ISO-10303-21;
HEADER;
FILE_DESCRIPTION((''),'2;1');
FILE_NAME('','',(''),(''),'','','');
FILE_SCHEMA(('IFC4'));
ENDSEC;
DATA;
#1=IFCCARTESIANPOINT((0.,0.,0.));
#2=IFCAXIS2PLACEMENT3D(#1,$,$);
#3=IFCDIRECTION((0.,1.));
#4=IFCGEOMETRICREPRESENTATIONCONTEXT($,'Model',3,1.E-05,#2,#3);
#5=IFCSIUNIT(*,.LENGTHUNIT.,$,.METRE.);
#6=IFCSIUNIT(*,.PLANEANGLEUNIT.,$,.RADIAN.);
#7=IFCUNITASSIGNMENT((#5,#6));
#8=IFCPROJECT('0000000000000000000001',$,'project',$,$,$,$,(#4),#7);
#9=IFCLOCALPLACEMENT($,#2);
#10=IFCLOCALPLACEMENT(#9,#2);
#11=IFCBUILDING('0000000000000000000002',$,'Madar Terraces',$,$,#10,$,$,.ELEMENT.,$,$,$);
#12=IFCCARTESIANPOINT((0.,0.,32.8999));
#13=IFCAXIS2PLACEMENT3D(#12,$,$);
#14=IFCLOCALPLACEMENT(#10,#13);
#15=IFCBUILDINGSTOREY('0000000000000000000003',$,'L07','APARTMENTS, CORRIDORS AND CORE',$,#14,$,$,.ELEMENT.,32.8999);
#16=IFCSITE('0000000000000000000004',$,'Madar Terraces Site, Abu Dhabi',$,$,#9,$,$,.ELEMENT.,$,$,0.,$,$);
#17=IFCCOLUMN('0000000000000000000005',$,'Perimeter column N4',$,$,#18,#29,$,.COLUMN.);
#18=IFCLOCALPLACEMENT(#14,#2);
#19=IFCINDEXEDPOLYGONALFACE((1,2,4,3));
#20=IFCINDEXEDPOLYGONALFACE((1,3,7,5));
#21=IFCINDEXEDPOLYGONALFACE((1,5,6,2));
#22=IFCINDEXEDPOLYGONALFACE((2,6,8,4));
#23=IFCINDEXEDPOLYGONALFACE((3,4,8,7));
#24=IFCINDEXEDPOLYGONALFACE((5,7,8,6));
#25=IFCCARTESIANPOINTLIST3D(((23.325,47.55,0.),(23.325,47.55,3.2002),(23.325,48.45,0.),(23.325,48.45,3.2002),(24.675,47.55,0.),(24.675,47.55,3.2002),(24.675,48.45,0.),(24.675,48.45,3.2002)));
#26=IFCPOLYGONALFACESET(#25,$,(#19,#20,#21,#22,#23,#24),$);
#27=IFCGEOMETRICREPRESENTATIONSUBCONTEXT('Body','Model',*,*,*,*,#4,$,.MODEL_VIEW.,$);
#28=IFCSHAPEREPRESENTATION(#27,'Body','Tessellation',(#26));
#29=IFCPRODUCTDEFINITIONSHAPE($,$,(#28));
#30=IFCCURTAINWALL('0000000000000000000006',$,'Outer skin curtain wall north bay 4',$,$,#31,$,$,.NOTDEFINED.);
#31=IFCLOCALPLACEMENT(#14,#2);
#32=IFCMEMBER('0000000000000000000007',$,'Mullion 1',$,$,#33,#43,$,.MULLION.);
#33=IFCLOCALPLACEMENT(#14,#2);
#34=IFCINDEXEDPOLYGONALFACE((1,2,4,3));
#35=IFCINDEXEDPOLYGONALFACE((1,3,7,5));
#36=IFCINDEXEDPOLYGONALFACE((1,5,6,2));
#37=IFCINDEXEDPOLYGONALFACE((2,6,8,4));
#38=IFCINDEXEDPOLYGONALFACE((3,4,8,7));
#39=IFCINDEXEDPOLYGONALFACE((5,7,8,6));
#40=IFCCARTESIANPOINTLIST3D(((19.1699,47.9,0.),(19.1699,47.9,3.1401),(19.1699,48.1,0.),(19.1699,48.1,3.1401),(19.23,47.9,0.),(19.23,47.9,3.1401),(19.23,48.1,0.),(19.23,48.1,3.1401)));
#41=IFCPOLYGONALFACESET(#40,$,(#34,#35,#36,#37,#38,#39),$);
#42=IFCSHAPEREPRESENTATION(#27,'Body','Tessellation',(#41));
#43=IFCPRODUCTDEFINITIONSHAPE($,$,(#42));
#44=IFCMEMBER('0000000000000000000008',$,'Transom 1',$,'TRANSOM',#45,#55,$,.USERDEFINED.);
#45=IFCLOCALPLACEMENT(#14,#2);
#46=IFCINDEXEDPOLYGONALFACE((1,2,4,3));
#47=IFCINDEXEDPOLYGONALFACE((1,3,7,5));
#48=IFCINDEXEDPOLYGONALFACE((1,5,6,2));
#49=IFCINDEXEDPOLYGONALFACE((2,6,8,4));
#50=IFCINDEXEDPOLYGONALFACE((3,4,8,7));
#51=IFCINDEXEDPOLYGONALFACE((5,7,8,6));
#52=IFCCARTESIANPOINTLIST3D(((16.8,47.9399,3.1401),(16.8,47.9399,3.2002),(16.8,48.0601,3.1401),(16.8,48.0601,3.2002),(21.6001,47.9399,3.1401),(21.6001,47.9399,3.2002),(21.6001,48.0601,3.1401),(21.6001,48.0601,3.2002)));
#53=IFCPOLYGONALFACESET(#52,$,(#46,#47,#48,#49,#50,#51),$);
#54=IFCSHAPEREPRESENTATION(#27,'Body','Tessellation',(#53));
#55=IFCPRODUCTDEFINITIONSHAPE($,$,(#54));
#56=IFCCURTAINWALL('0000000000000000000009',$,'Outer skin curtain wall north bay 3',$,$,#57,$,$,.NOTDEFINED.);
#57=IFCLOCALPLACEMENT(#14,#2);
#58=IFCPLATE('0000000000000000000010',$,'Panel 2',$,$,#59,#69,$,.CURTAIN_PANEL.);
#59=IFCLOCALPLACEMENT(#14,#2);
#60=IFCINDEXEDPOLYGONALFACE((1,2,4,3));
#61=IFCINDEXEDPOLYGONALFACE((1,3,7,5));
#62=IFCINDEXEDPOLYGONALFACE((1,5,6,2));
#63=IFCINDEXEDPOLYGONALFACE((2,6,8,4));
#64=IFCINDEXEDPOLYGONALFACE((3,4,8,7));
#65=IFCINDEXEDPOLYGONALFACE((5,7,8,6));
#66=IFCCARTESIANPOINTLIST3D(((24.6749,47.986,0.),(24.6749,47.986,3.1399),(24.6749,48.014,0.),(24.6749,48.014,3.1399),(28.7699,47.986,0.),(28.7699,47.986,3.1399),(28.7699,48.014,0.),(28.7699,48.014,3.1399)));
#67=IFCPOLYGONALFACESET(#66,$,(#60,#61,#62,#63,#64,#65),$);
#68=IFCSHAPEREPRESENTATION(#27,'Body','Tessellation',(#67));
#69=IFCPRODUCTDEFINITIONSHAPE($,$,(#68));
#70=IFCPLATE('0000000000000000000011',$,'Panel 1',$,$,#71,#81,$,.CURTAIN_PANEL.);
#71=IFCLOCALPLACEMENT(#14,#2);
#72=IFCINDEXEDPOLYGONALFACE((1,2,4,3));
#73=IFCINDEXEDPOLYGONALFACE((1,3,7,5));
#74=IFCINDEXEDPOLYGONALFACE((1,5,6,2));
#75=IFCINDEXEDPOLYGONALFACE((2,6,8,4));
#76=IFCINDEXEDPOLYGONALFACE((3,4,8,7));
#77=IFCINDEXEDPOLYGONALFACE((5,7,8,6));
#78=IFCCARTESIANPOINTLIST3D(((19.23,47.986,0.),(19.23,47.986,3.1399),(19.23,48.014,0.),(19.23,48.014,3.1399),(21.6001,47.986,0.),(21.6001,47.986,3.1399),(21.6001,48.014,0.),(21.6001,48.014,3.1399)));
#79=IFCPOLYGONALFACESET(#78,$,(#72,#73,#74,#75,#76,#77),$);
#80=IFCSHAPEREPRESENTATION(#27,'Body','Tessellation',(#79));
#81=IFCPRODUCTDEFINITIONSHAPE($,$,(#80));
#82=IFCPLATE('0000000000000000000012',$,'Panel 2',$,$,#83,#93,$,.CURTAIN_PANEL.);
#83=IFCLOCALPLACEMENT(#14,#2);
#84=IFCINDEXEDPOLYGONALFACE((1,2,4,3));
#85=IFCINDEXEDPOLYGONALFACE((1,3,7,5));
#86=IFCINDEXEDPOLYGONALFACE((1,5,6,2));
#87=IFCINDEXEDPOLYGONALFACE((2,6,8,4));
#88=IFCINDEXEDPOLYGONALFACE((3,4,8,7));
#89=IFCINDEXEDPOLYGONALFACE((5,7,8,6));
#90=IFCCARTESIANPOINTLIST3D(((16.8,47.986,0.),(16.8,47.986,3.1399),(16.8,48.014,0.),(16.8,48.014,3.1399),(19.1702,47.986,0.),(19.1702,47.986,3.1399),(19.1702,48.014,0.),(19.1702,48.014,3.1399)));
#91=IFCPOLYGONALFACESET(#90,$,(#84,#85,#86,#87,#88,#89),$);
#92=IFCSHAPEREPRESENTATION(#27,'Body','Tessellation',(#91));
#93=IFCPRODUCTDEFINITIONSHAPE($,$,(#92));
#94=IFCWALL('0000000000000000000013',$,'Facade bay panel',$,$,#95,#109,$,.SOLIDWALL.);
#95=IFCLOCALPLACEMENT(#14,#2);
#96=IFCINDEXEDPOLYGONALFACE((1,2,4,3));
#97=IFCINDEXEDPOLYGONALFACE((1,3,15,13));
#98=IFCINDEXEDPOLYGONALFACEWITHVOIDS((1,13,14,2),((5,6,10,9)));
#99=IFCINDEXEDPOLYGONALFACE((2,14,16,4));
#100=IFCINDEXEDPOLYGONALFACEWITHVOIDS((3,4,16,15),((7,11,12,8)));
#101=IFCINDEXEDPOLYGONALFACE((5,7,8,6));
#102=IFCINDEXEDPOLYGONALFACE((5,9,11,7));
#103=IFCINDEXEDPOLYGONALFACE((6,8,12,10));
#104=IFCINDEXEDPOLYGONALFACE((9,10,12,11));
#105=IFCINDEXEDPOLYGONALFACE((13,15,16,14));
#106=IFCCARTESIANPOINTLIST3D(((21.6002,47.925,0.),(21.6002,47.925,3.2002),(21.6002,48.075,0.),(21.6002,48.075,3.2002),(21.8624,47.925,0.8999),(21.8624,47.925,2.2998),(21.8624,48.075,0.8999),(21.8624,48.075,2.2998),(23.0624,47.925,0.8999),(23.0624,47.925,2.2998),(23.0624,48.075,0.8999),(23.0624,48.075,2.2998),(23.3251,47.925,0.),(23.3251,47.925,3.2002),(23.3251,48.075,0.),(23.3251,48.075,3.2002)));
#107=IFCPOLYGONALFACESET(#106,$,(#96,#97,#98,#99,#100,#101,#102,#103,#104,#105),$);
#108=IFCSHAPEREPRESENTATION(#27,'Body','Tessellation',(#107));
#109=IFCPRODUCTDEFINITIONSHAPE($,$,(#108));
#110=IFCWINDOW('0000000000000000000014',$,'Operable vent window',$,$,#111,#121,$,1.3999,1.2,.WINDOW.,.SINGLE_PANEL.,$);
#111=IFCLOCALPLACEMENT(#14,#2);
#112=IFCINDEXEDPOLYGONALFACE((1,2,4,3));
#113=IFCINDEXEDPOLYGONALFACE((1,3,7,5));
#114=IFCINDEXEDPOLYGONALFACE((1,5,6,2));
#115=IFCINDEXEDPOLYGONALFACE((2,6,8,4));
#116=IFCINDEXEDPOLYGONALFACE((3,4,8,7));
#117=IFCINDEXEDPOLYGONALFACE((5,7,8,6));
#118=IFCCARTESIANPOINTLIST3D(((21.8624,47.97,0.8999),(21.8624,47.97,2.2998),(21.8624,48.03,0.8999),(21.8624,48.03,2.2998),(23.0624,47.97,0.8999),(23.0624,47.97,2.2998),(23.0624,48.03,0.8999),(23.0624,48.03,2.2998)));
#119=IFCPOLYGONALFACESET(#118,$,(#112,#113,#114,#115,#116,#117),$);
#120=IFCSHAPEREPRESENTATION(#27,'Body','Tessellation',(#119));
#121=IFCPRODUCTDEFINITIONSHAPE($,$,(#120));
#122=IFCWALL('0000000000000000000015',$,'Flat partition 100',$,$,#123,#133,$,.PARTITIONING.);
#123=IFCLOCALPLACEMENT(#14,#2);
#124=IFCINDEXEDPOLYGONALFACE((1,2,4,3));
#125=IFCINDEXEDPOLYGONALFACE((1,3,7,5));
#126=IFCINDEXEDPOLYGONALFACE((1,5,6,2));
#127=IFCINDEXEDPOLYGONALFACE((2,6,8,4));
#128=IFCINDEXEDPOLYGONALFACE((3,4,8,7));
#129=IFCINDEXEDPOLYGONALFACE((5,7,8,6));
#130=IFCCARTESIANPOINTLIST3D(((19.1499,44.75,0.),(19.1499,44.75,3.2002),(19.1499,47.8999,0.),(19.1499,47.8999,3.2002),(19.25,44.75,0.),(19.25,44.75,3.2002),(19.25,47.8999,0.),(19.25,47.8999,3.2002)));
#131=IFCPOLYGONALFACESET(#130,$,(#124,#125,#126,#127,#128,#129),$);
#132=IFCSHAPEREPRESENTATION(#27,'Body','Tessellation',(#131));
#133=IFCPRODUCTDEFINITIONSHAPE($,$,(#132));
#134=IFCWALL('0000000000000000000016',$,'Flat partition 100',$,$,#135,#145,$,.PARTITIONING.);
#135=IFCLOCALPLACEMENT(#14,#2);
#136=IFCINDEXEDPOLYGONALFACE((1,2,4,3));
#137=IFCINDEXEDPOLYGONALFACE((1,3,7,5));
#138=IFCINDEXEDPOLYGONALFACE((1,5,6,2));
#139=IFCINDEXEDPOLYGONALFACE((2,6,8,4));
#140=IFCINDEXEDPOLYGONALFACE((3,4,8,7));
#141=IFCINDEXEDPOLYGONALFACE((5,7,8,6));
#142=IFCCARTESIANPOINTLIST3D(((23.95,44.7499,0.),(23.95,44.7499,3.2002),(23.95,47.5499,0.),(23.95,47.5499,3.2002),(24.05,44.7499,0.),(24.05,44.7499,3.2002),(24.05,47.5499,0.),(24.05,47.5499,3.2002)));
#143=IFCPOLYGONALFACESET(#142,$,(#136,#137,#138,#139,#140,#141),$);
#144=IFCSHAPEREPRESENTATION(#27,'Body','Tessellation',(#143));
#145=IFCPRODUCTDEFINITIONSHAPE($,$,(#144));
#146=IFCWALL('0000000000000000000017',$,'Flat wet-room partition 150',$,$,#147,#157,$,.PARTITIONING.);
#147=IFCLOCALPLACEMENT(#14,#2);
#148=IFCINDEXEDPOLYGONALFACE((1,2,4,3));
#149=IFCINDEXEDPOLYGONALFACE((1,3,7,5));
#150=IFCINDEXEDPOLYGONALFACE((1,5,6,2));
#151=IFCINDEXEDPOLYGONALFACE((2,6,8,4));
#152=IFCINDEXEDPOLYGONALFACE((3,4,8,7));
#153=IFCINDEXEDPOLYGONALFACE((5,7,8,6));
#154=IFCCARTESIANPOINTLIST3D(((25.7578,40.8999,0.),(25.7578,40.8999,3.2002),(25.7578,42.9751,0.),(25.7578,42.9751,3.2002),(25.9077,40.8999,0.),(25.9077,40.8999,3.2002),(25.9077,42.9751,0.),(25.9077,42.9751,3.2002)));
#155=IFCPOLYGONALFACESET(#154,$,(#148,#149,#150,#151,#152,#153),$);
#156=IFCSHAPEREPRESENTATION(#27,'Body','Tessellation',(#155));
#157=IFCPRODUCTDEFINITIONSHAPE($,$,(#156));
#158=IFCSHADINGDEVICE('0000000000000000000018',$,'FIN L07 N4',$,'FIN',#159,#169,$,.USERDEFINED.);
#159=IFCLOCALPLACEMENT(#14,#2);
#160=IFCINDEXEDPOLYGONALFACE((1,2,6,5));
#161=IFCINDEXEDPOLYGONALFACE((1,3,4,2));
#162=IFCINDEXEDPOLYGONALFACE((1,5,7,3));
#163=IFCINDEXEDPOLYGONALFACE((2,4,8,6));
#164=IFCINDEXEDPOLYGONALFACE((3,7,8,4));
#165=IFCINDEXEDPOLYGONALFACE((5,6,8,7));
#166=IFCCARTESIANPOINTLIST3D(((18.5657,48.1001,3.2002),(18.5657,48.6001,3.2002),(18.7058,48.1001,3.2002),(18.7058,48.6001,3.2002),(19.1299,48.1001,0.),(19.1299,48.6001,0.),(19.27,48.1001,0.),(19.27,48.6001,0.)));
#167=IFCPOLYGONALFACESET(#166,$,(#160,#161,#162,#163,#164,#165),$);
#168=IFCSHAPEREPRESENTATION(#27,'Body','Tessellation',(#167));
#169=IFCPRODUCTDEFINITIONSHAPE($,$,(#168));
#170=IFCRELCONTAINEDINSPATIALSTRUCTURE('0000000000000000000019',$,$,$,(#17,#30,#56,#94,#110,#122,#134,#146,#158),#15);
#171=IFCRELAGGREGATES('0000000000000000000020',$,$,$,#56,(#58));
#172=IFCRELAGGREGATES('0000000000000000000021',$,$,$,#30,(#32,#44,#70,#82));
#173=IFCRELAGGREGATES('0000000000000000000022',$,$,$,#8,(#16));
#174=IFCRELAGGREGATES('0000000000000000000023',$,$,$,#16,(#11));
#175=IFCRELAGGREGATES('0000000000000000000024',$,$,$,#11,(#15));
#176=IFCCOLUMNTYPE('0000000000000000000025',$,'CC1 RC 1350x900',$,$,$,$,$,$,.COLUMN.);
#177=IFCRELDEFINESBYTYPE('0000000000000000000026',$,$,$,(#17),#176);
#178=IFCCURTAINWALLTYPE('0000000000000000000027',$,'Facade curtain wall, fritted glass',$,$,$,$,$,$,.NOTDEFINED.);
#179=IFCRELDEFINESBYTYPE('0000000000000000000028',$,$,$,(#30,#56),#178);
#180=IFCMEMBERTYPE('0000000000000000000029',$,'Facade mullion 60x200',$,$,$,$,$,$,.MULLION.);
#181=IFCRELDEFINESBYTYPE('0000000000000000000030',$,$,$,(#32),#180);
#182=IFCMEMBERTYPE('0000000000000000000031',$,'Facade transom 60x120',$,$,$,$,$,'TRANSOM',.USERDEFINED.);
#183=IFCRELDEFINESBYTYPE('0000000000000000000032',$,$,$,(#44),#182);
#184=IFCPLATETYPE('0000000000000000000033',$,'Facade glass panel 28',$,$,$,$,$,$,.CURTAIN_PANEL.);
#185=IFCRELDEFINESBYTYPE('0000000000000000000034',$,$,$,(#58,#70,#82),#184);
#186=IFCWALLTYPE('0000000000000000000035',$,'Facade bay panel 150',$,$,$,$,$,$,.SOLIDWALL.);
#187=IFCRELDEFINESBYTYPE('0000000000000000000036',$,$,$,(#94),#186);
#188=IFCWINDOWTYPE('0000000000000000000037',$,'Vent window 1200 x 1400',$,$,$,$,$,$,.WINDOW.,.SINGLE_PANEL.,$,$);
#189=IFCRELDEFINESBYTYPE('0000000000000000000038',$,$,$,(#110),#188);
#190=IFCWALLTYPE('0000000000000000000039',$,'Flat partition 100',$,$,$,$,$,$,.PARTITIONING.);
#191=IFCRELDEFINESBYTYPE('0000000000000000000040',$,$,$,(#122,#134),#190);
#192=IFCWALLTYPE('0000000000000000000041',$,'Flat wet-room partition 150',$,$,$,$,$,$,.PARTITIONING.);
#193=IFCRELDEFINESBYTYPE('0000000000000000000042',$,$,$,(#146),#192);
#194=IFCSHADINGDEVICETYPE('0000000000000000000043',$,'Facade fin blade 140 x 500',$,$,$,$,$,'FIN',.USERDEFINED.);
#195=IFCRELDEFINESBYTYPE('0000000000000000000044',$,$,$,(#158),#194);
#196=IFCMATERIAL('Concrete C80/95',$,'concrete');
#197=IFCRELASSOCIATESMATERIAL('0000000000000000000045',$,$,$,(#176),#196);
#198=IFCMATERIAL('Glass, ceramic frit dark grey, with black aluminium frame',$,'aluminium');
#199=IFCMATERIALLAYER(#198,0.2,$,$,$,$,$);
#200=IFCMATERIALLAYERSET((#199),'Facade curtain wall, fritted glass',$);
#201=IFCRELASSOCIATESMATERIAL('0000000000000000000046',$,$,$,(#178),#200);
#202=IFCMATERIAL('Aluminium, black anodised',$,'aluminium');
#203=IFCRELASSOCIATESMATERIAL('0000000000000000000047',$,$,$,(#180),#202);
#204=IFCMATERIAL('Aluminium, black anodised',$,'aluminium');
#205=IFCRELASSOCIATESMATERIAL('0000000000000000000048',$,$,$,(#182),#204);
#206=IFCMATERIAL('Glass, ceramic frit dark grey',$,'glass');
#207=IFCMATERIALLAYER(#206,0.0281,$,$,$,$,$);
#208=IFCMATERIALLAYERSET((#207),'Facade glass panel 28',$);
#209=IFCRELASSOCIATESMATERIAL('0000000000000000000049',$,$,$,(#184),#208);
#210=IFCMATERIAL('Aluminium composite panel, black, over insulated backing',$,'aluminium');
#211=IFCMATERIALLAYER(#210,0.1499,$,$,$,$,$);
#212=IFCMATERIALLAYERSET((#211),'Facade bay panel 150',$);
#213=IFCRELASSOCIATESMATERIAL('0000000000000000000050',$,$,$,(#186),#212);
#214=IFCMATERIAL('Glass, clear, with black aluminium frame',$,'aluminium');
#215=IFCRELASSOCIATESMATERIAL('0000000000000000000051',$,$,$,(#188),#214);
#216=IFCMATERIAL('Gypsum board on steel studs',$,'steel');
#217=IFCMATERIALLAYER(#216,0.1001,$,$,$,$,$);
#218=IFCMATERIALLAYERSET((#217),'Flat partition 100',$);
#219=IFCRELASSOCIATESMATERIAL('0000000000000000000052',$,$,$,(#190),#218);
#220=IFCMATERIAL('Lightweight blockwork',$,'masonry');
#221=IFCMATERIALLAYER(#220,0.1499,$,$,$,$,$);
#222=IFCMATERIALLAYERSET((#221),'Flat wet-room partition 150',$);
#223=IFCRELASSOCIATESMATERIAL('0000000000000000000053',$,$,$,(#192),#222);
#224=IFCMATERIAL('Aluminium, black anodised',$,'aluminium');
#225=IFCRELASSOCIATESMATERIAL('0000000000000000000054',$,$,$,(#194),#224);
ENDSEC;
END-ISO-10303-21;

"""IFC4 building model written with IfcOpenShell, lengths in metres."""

from ifc_helpers import new_model, si_unit, direction, frame, frame_2d, origin, origin_2d, place, context, subcontext, project, spatial, polyline, rectangle, outline, extrude, material, layer, layer_set, material_profile, profile_set, type_object, element, fill, aggregate, save


model = new_model("IFC4")

# Units and contexts
model_context = context("Model", 3, precision=1e-05, world=origin(), true_north=direction((0.0, 1.0)))
body_context = subcontext(model_context, "Body", "Model", "MODEL_VIEW")
ifc_project = project(units=[si_unit("LENGTHUNIT", "METRE"), si_unit("PLANEANGLEUNIT", "RADIAN")], contexts=[model_context])

# Site, building, storey
site_placement = place(None, origin())
site = spatial("IfcSite", under=ifc_project, at=site_placement, Name="Madar Terraces Site, Abu Dhabi", CompositionType="ELEMENT", RefElevation=0.0)
building_placement = place(site_placement, origin())
building = spatial("IfcBuilding", under=site, at=building_placement, Name="Madar Terraces", CompositionType="ELEMENT")
storey_placement = place(building_placement, frame((0.0, 0.0, 32.8999)))
storey = spatial("IfcBuildingStorey", under=building, at=storey_placement, Name="L07", Description="APARTMENTS, CORRIDORS AND CORE", CompositionType="ELEMENT", Elevation=32.8999)

# Column
ifc_material_1 = material(Name="Concrete C80/95", Category="concrete")
ifc_material_profile_1 = material_profile(ifc_material_1, rectangle(XDim=1.3501, YDim=0.8999, at=origin_2d()), Name="CC1 RC 1350x900")
ifc_profile_set_1 = profile_set([ifc_material_profile_1], Name="Concrete C80/95")
column_type = type_object("IfcColumnType", Name="CC1 RC 1350x900", PredefinedType="COLUMN", material=ifc_profile_set_1)
column_placement = place(storey_placement, frame((24.0, 48.0, 0.0), z_axis=(0.0, 0.0, 1.0), x_axis=(1.0, 0.0, 0.0)))
element("IfcColumn", 1, at=column_placement, inside=storey, type_object=column_type, Name="Perimeter column N4", PredefinedType="COLUMN", context=body_context, shape_type="SweptSolid", body=[
    extrude(rectangle(XDim=1.3501, YDim=0.8999, at=origin_2d()), origin(), (0.0, 0.0, 1.0), 3.2002),
])

# Curtain wall, members
ifc_material_2 = material(Name="Glass, ceramic frit dark grey, with black aluminium frame", Category="aluminium")
ifc_layer_1 = layer(ifc_material_2, 0.2)
ifc_layer_set_1 = layer_set([ifc_layer_1], Name="Facade curtain wall, fritted glass")
curtain_wall_type = type_object("IfcCurtainWallType", Name="Facade curtain wall, fritted glass", PredefinedType="NOTDEFINED", material=ifc_layer_set_1)
curtain_wall_1_placement = place(storey_placement, origin())
curtain_wall_1 = element("IfcCurtainWall", 2, at=curtain_wall_1_placement, inside=storey, type_object=curtain_wall_type, Name="Outer skin curtain wall north bay 4", PredefinedType="NOTDEFINED")
ifc_material_3 = material(Name="Aluminium, black anodised", Category="aluminium")
ifc_material_profile_2 = material_profile(ifc_material_3, rectangle(XDim=0.2, YDim=0.0601, at=origin_2d()), Name="Facade mullion 60x200")
ifc_profile_set_2 = profile_set([ifc_material_profile_2], Name="Aluminium, black anodised")
member_type_1 = type_object("IfcMemberType", Name="Facade mullion 60x200", PredefinedType="MULLION", material=ifc_profile_set_2)
member_1_placement = place(storey_placement, frame((19.2, 48.0, 0.0), z_axis=(0.0, 0.0, 1.0), x_axis=(0.0, -1.0, 0.0)))
member_1 = element("IfcMember", 3, at=member_1_placement, type_object=member_type_1, Name="Mullion 1", PredefinedType="MULLION", context=body_context, shape_type="SweptSolid", body=[
    extrude(rectangle(XDim=0.2, YDim=0.0601, at=origin_2d()), origin(), (0.0, 0.0, 1.0), 3.1401),
])
ifc_material_4 = material(Name="Aluminium, black anodised", Category="aluminium")
ifc_material_profile_3 = material_profile(ifc_material_4, rectangle(XDim=0.1201, YDim=0.0601, at=origin_2d()), Name="Facade transom 60x120")
ifc_profile_set_3 = profile_set([ifc_material_profile_3], Name="Aluminium, black anodised")
member_type_2 = type_object("IfcMemberType", Name="Facade transom 60x120", ElementType="TRANSOM", PredefinedType="USERDEFINED", material=ifc_profile_set_3)
member_2_placement = place(storey_placement, frame((21.6001, 48.0, 3.1702), z_axis=(-1.0, 0.0, 0.0), x_axis=(0.0, -1.0, 0.0)))
member_2 = element("IfcMember", 4, at=member_2_placement, type_object=member_type_2, Name="Transom 1", ObjectType="TRANSOM", PredefinedType="USERDEFINED", context=body_context, shape_type="SweptSolid", body=[
    extrude(rectangle(XDim=0.1201, YDim=0.0601, at=origin_2d()), origin(), (0.0, 0.0, 1.0), 4.8),
])

# Curtain wall, plate
curtain_wall_2_placement = place(storey_placement, origin())
curtain_wall_2 = element("IfcCurtainWall", 5, at=curtain_wall_2_placement, inside=storey, type_object=curtain_wall_type, Name="Outer skin curtain wall north bay 3", PredefinedType="NOTDEFINED")
ifc_material_5 = material(Name="Glass, ceramic frit dark grey", Category="glass")
ifc_layer_2 = layer(ifc_material_5, 0.0281)
ifc_layer_set_2 = layer_set([ifc_layer_2], Name="Facade glass panel 28")
plate_type = type_object("IfcPlateType", Name="Facade glass panel 28", PredefinedType="CURTAIN_PANEL", material=ifc_layer_set_2)
plate_1_placement = place(storey_placement, frame((26.7224, 48.0, 0.0), z_axis=(0.0, 0.0, 1.0), x_axis=(-1.0, 0.0, 0.0)))
plate_1 = element("IfcPlate", 6, at=plate_1_placement, type_object=plate_type, Name="Panel 2", PredefinedType="CURTAIN_PANEL", context=body_context, shape_type="SweptSolid", body=[
    extrude(rectangle(XDim=4.095, YDim=0.0281, at=origin_2d()), origin(), (0.0, 0.0, 1.0), 3.1399),
])
aggregate(curtain_wall_2, [plate_1])

# Plates
plate_2_placement = place(storey_placement, frame((20.415, 48.0, 0.0), z_axis=(0.0, 0.0, 1.0), x_axis=(-1.0, 0.0, 0.0)))
plate_2 = element("IfcPlate", 7, at=plate_2_placement, type_object=plate_type, Name="Panel 1", PredefinedType="CURTAIN_PANEL", context=body_context, shape_type="SweptSolid", body=[
    extrude(rectangle(XDim=2.3701, YDim=0.0281, at=origin_2d()), origin(), (0.0, 0.0, 1.0), 3.1399),
])
plate_3_placement = place(storey_placement, frame((17.9851, 48.0, 0.0), z_axis=(0.0, 0.0, 1.0), x_axis=(-1.0, 0.0, 0.0)))
plate_3 = element("IfcPlate", 8, at=plate_3_placement, type_object=plate_type, Name="Panel 2", PredefinedType="CURTAIN_PANEL", context=body_context, shape_type="SweptSolid", body=[
    extrude(rectangle(XDim=2.3701, YDim=0.0281, at=origin_2d()), origin(), (0.0, 0.0, 1.0), 3.1399),
])
aggregate(curtain_wall_1, [member_1, member_2, plate_2, plate_3])

# Wall, opening, window
ifc_material_6 = material(Name="Aluminium composite panel, black, over insulated backing", Category="aluminium")
ifc_layer_3 = layer(ifc_material_6, 0.1499)
ifc_layer_set_3 = layer_set([ifc_layer_3], Name="Facade bay panel 150")
wall_type_1 = type_object("IfcWallType", Name="Facade bay panel 150", PredefinedType="SOLIDWALL", material=ifc_layer_set_3)
wall_1_placement = place(storey_placement, frame((23.325, 48.0, 0.0), z_axis=(0.0, 0.0, 1.0), x_axis=(-1.0, 0.0, 0.0)))
wall_1 = element("IfcWall", 9, at=wall_1_placement, inside=storey, type_object=wall_type_1, Name="Facade bay panel", PredefinedType="SOLIDWALL", context=body_context, shape_type="SweptSolid", body=[
    extrude(rectangle(XDim=1.7249, YDim=0.1499, at=frame_2d((0.8623, 0.0))), origin(), (0.0, 0.0, 1.0), 3.2002),
])
opening_placement = place(wall_1_placement, frame((0.2625, 0.0, 0.8999)))
opening = element("IfcOpeningElement", 10, at=opening_placement, cuts=wall_1, PredefinedType="OPENING", context=body_context, shape_type="SweptSolid", body=[
    extrude(rectangle(XDim=1.2, YDim=1.3999, at=frame_2d((0.6001, 0.7))), frame((0.0, 0.085, 0.0), z_axis=(0.0, -1.0, 0.0), x_axis=(1.0, 0.0, 0.0)), (0.0, 0.0, 1.0), 0.1699),
])
ifc_material_7 = material(Name="Glass, clear, with black aluminium frame", Category="aluminium")
window_type = type_object("IfcWindowType", Name="Vent window 1200 x 1400", PartitioningType="SINGLE_PANEL", PredefinedType="WINDOW", material=ifc_material_7)
window_placement = place(opening_placement, origin())
window = element("IfcWindow", 11, at=window_placement, inside=storey, type_object=window_type, Name="Operable vent window", OverallHeight=1.3999, OverallWidth=1.2, PartitioningType="SINGLE_PANEL", PredefinedType="WINDOW", context=body_context, shape_type="SweptSolid", body=[
    extrude(rectangle(XDim=1.2, YDim=1.3999, at=frame_2d((0.6001, 0.7))), frame((0.0, 0.03, 0.0), z_axis=(0.0, -1.0, 0.0), x_axis=(1.0, 0.0, 0.0)), (0.0, 0.0, 1.0), 0.0601),
])
fill(opening, window)

# Walls
ifc_material_8 = material(Name="Gypsum board on steel studs", Category="steel")
ifc_layer_4 = layer(ifc_material_8, 0.1001)
ifc_layer_set_4 = layer_set([ifc_layer_4], Name="Flat partition 100")
wall_type_2 = type_object("IfcWallType", Name="Flat partition 100", PredefinedType="PARTITIONING", material=ifc_layer_set_4)
wall_2_placement = place(storey_placement, frame((19.2, 44.75, 0.0), z_axis=(0.0, 0.0, 1.0), x_axis=(0.0, 1.0, 0.0)))
element("IfcWall", 12, at=wall_2_placement, inside=storey, type_object=wall_type_2, Name="Flat partition 100", PredefinedType="PARTITIONING", context=body_context, shape_type="SweptSolid", body=[
    extrude(rectangle(XDim=3.1499, YDim=0.1001, at=frame_2d((1.575, 0.0))), origin(), (0.0, 0.0, 1.0), 3.2002),
])
wall_3_placement = place(storey_placement, frame((24.0, 44.75, 0.0), z_axis=(0.0, 0.0, 1.0), x_axis=(0.0, 1.0, 0.0)))
element("IfcWall", 13, at=wall_3_placement, inside=storey, type_object=wall_type_2, Name="Flat partition 100", PredefinedType="PARTITIONING", context=body_context, shape_type="SweptSolid", body=[
    extrude(rectangle(XDim=2.8, YDim=0.1001, at=frame_2d((1.3999, 0.0))), origin(), (0.0, 0.0, 1.0), 3.2002),
])
ifc_material_9 = material(Name="Lightweight blockwork", Category="masonry")
ifc_layer_5 = layer(ifc_material_9, 0.1499)
ifc_layer_set_5 = layer_set([ifc_layer_5], Name="Flat wet-room partition 150")
wall_type_3 = type_object("IfcWallType", Name="Flat wet-room partition 150", PredefinedType="PARTITIONING", material=ifc_layer_set_5)
wall_4_placement = place(storey_placement, frame((25.8328, 40.8999, 0.0), z_axis=(0.0, 0.0, 1.0), x_axis=(0.0, 1.0, 0.0)))
element("IfcWall", 14, at=wall_4_placement, inside=storey, type_object=wall_type_3, Name="Flat wet-room partition 150", PredefinedType="PARTITIONING", context=body_context, shape_type="SweptSolid", body=[
    extrude(rectangle(XDim=2.0752, YDim=0.1499, at=frame_2d((1.0376, 0.0))), origin(), (0.0, 0.0, 1.0), 3.2002),
])

# Shading device
ifc_material_10 = material(Name="Aluminium, black anodised", Category="aluminium")
shading_device_type = type_object("IfcShadingDeviceType", Name="Facade fin blade 140 x 500", ElementType="FIN", PredefinedType="USERDEFINED", material=ifc_material_10)
shading_device_placement = place(storey_placement, frame((19.27, 48.3501, 0.0), z_axis=(0.0, 0.0, 1.0), x_axis=(-1.0, 0.0, 0.0)))
element("IfcShadingDevice", 15, at=shading_device_placement, inside=storey, type_object=shading_device_type, Name="FIN L07 N4", ObjectType="FIN", PredefinedType="USERDEFINED", context=body_context, shape_type="SweptSolid", body=[
    extrude(outline(polyline([(0.0, 0.0), (0.1401, 0.0), (0.7043, 3.2002), (0.5642, 3.2002), (0.0, 0.0)])), frame((0.0, 0.25, 0.0), z_axis=(0.0, -1.0, 0.0), x_axis=(1.0, 0.0, 0.0)), (0.0, 0.0, 1.0), 0.5),
])

save(model, "model.ifc")
